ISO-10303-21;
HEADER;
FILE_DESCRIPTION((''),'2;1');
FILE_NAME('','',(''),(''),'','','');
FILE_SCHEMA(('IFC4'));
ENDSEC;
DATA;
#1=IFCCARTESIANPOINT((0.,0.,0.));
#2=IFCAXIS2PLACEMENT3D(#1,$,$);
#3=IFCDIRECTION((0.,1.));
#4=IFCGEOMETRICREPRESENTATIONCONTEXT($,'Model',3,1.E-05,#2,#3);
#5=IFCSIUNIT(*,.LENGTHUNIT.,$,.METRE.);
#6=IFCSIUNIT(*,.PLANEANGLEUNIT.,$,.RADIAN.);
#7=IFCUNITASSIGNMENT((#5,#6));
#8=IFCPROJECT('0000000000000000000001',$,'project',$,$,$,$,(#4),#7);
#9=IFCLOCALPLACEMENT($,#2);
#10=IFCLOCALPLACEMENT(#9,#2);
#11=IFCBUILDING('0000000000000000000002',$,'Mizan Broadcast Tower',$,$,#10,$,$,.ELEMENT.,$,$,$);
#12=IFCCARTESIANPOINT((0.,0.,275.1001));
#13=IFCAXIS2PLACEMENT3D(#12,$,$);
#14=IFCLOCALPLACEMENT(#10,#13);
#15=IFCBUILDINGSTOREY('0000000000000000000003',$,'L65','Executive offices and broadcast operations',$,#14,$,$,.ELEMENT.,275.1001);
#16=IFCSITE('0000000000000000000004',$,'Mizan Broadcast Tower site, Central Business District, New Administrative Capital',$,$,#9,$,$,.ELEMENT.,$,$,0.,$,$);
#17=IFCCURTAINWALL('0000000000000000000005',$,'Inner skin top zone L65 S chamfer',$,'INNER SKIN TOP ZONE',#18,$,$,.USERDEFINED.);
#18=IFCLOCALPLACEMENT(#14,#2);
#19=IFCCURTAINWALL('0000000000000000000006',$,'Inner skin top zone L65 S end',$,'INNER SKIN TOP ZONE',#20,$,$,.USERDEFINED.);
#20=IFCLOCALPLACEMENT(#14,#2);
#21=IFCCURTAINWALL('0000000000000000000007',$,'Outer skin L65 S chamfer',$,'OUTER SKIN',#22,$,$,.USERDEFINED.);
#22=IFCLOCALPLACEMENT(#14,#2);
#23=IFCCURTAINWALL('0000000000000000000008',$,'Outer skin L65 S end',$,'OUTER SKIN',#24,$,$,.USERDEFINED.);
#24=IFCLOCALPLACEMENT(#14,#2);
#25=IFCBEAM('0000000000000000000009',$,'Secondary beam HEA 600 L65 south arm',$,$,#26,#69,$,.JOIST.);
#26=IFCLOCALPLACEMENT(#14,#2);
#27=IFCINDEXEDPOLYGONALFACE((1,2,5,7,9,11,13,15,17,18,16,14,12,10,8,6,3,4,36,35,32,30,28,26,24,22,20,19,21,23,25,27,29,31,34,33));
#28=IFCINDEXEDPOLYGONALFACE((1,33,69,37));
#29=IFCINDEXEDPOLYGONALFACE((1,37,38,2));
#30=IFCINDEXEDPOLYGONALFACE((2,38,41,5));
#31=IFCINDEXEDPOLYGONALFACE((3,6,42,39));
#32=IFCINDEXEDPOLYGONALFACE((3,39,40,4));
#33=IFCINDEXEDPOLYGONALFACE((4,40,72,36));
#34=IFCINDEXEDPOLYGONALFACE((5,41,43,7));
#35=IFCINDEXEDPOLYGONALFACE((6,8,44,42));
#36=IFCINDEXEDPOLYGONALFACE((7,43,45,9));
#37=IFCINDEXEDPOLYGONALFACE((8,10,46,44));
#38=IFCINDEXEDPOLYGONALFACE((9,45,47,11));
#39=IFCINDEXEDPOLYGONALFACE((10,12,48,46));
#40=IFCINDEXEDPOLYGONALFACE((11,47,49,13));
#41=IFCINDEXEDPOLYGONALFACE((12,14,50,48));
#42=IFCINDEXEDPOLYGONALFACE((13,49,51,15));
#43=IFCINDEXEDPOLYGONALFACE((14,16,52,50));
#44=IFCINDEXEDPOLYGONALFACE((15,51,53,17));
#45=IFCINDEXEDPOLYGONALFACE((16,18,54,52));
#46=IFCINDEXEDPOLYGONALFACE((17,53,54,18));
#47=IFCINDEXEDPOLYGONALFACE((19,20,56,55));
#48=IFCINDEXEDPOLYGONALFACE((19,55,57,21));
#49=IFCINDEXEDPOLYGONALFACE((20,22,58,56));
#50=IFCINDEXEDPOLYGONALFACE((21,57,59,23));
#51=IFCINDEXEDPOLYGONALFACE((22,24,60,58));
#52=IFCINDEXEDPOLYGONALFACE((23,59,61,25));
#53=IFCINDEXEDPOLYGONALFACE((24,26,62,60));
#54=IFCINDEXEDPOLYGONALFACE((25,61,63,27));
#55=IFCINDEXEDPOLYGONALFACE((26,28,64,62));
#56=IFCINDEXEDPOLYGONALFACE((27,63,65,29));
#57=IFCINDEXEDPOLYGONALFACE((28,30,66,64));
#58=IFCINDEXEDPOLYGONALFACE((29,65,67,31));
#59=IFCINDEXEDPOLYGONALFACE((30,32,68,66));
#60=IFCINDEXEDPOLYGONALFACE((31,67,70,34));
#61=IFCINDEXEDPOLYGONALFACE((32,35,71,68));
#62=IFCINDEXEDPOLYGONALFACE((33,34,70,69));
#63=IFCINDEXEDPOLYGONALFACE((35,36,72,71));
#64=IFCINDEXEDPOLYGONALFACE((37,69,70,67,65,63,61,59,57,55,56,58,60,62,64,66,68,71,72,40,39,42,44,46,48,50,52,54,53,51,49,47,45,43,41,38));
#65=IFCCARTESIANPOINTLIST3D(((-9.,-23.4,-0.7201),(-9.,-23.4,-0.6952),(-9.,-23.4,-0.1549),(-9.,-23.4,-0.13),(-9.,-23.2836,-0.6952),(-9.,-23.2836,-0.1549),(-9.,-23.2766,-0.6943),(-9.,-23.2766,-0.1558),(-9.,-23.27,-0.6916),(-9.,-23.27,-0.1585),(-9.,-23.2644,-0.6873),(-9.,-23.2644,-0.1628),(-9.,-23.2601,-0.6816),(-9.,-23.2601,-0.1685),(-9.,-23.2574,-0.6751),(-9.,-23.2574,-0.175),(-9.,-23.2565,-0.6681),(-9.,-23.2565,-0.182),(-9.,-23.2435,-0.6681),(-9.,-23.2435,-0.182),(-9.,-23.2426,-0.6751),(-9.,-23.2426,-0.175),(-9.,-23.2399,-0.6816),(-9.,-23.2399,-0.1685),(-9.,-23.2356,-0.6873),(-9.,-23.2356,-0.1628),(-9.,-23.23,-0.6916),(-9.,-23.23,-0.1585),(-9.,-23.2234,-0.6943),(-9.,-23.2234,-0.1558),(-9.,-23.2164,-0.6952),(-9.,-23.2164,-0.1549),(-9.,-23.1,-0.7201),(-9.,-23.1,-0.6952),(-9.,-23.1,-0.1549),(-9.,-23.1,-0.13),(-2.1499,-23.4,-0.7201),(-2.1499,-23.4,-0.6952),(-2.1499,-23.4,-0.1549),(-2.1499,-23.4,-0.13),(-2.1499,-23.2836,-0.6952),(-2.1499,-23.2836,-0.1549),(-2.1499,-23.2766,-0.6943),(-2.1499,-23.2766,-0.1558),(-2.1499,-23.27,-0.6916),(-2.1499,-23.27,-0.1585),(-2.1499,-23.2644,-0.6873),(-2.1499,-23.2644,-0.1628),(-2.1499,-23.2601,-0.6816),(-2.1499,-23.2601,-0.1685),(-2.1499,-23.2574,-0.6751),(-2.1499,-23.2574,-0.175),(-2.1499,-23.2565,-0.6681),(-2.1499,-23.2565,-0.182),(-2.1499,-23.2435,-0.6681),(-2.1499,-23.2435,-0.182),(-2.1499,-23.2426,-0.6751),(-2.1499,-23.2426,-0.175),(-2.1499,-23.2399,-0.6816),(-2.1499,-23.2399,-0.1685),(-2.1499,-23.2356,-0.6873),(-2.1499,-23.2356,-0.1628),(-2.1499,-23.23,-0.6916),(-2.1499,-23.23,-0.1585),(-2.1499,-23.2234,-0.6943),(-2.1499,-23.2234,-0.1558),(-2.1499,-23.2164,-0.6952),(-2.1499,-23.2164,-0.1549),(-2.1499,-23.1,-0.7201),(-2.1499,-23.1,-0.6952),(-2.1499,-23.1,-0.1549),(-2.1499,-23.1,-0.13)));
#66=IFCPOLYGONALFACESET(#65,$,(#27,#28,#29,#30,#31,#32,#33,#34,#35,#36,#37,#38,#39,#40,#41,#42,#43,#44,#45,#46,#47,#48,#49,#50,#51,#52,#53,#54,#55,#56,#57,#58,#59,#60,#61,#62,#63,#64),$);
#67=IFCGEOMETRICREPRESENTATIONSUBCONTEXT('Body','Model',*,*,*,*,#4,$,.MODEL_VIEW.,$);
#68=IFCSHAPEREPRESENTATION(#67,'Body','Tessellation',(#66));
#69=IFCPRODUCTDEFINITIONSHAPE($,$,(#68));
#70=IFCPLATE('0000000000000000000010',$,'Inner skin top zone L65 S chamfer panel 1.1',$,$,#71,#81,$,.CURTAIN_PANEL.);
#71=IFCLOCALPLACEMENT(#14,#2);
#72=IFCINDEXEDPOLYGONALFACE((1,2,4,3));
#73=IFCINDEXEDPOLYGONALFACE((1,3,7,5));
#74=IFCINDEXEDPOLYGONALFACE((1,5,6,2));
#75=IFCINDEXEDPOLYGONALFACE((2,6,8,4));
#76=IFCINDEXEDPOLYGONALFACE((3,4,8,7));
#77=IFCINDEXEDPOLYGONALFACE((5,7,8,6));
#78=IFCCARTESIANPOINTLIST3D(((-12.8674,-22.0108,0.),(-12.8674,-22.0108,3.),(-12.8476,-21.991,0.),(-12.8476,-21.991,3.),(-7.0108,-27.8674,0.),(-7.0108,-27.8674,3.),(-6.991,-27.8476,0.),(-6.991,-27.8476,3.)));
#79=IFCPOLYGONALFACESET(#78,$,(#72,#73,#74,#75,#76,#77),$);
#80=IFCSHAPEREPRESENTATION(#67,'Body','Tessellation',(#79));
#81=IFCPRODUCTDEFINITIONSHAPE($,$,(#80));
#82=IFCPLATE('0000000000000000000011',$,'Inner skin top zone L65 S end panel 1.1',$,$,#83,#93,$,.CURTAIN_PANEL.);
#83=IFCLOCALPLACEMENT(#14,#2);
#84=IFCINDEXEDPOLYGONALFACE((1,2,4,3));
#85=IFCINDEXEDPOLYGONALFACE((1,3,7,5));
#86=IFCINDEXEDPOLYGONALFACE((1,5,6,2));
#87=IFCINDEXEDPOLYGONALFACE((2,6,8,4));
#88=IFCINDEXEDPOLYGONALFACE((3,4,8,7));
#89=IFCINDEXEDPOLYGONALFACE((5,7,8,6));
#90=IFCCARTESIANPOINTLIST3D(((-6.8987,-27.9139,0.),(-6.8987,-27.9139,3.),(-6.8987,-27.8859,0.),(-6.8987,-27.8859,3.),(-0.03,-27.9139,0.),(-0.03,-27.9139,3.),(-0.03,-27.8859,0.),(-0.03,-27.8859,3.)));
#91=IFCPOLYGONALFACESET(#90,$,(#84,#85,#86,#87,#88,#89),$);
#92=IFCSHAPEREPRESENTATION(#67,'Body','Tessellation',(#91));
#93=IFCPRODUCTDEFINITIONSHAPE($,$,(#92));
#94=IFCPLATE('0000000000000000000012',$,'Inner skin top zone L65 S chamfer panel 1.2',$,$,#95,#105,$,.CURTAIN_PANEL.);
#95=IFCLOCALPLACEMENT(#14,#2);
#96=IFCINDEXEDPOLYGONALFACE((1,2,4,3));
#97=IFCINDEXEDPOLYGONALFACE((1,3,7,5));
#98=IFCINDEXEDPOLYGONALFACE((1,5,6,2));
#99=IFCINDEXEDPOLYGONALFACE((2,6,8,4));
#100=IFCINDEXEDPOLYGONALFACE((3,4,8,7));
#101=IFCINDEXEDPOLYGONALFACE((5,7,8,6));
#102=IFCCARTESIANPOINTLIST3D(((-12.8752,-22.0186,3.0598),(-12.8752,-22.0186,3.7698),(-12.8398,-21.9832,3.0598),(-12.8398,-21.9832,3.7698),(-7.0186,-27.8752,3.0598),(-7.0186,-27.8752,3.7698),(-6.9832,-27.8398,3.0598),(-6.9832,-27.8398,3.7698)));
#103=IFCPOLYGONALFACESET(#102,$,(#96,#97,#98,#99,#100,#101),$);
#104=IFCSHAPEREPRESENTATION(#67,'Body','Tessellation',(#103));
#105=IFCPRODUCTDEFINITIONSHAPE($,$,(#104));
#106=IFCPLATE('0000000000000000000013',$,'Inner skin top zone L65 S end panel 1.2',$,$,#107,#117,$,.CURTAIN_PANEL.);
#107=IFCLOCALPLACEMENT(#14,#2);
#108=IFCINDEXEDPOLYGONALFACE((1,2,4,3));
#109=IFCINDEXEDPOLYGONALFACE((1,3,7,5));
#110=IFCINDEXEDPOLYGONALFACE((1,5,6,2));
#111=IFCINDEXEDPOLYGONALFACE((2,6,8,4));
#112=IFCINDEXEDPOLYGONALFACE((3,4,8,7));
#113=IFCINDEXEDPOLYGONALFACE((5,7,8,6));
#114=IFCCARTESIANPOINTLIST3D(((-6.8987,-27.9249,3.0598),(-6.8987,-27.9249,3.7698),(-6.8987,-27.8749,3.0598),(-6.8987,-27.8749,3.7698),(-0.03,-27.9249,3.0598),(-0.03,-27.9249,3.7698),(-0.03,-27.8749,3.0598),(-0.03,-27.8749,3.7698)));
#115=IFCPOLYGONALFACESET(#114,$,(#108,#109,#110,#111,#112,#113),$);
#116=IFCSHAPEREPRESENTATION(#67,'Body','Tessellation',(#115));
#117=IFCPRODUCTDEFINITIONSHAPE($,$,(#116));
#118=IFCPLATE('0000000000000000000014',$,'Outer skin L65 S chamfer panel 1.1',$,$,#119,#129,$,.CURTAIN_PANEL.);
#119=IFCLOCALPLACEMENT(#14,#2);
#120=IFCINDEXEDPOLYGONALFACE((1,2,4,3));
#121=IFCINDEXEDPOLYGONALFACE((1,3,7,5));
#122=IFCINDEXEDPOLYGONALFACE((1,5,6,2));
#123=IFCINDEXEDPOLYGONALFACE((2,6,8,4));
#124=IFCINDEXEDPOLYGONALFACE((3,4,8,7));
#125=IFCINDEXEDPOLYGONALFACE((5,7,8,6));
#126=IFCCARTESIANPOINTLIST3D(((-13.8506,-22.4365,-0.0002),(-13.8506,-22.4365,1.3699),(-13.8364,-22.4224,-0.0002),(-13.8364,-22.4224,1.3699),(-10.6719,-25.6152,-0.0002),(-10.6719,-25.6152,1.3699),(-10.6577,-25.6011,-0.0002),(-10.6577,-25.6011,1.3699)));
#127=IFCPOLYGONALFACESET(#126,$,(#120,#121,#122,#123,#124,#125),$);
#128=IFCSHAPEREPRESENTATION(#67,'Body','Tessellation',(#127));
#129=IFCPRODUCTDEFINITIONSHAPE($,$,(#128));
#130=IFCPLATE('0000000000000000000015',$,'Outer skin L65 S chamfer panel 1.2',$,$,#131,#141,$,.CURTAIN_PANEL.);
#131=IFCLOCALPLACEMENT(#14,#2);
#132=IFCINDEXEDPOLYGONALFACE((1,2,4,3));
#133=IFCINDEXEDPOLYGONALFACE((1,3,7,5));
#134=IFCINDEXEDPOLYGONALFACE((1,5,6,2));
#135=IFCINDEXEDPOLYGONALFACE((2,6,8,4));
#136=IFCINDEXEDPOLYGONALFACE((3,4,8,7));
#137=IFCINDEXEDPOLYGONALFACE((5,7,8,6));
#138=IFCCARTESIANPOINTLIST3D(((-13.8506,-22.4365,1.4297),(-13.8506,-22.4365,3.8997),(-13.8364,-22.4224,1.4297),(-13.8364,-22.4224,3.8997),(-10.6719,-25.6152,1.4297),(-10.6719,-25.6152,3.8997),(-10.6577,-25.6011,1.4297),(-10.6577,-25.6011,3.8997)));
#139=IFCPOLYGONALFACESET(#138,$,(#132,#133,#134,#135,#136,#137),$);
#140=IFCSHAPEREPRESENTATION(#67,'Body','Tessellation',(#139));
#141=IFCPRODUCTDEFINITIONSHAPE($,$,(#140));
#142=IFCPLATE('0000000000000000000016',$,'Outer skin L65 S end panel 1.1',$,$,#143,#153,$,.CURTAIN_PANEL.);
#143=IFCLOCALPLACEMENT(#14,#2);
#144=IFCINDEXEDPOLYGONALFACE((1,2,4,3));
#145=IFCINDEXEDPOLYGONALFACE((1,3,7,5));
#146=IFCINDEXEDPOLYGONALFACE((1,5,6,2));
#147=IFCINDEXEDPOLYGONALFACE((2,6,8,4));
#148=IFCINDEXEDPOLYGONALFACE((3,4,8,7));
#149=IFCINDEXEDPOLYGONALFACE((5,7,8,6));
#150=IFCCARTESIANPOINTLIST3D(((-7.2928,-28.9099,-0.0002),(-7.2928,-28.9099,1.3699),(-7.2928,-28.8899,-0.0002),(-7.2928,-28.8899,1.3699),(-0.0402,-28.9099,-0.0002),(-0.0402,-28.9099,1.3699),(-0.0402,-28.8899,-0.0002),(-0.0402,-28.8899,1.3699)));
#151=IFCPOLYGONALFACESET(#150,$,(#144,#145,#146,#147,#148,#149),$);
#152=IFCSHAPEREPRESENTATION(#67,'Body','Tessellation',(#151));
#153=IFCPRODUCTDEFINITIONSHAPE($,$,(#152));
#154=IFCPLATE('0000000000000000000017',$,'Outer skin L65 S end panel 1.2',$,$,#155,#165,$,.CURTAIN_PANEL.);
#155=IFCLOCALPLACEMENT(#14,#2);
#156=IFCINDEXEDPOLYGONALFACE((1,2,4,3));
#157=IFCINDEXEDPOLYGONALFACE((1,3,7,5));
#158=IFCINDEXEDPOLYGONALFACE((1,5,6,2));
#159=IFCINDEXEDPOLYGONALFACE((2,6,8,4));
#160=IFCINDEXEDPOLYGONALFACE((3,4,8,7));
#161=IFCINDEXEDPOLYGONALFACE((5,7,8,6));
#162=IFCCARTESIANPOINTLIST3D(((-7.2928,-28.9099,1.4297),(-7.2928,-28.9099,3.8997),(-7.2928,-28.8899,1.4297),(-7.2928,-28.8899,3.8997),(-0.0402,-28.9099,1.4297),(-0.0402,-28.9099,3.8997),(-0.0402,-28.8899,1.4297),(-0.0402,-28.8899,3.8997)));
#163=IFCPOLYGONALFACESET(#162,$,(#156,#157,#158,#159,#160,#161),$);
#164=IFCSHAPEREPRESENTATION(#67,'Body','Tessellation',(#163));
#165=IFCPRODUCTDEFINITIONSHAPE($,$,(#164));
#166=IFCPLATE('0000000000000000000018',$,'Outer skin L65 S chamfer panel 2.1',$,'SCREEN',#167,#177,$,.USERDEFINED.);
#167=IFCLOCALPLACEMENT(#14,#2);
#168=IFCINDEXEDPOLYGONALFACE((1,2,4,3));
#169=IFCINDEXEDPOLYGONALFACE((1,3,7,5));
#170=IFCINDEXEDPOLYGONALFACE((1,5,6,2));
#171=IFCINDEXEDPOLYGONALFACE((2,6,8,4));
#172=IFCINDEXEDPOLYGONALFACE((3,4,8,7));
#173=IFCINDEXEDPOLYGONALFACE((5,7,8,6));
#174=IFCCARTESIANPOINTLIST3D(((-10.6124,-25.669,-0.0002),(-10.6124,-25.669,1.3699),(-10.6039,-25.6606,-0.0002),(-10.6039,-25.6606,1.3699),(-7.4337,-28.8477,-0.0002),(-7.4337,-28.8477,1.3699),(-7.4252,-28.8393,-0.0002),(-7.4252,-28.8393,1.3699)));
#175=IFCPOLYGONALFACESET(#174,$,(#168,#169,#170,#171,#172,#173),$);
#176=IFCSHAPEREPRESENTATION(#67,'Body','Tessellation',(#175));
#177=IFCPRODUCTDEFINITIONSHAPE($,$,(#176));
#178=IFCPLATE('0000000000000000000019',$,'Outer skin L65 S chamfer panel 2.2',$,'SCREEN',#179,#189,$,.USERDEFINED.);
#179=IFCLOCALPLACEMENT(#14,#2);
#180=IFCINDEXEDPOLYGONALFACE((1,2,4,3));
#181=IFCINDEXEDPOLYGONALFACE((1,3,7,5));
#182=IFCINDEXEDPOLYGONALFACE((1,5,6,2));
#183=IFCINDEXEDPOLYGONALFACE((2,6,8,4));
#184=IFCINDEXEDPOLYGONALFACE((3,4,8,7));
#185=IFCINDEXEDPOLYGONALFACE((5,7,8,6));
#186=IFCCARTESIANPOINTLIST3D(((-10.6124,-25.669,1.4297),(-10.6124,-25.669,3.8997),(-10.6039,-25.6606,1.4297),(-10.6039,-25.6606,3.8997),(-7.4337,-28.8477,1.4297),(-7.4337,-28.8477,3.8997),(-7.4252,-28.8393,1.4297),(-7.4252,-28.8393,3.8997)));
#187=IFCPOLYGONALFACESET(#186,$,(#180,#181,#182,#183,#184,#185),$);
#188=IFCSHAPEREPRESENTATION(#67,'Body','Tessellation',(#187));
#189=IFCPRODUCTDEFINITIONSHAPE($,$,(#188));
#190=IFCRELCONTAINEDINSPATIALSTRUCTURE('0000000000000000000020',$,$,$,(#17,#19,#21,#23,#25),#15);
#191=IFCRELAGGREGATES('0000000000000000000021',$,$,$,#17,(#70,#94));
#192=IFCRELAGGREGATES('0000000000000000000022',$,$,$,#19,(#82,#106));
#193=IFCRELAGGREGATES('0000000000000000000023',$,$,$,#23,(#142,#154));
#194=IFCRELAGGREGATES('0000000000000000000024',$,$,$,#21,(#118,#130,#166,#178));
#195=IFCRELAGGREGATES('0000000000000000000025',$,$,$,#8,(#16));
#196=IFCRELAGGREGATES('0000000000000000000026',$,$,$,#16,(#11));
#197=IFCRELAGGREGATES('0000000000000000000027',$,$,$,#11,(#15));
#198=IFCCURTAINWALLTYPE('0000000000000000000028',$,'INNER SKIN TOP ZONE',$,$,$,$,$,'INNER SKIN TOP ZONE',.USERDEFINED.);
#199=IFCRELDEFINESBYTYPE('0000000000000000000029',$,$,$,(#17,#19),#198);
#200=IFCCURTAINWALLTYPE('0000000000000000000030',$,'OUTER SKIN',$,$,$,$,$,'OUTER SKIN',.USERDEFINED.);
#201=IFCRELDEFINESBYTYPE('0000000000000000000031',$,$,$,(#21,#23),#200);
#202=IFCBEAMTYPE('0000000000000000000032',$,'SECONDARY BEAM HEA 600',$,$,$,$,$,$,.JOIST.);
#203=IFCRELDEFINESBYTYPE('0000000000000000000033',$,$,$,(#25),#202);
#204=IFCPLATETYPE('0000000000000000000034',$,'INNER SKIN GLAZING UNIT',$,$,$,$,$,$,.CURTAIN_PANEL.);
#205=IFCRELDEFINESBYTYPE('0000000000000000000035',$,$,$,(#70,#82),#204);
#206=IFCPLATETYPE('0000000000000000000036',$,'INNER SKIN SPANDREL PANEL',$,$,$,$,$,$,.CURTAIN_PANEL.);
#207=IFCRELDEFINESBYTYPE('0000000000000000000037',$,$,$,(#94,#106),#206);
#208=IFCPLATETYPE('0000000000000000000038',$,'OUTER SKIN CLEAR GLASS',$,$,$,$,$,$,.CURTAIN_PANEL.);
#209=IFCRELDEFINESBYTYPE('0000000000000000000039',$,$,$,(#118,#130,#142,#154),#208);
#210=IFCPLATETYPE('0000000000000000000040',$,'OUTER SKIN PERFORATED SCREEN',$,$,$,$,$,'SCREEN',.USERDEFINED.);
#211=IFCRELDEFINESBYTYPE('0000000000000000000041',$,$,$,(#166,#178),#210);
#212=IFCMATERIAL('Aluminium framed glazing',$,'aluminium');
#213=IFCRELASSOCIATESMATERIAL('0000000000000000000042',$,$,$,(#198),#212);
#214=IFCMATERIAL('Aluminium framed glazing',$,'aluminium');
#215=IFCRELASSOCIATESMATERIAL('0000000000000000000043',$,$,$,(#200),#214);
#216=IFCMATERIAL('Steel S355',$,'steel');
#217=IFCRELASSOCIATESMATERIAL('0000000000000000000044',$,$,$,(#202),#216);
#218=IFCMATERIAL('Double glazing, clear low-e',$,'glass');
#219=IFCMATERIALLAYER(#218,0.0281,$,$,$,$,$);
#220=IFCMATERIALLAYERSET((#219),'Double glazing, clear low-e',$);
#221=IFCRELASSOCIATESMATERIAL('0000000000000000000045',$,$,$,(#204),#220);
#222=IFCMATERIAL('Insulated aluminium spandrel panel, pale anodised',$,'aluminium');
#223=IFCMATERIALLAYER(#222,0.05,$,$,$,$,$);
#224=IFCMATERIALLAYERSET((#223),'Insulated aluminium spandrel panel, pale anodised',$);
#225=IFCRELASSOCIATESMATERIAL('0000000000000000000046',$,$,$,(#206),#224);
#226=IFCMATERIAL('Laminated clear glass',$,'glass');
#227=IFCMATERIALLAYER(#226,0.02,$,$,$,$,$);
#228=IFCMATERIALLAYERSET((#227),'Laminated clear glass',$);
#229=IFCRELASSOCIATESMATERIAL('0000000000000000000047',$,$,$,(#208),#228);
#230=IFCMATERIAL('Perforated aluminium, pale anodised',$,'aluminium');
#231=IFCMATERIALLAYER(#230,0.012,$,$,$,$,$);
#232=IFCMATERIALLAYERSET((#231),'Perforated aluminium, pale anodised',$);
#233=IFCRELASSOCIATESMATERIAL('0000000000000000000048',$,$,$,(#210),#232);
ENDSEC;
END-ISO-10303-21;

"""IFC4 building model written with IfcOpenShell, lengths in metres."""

from ifc_helpers import new_model, si_unit, direction, frame, origin, origin_2d, place, context, subcontext, project, spatial, rectangle, i_section, extrude, material, layer, layer_set, material_profile, profile_set, type_object, element, aggregate, save


model = new_model("IFC4")

# Units and contexts
model_context = context("Model", 3, precision=1e-05, world=origin(), true_north=direction((0.0, 1.0)))
body_context = subcontext(model_context, "Body", "Model", "MODEL_VIEW")
ifc_project = project(units=[si_unit("LENGTHUNIT", "METRE"), si_unit("PLANEANGLEUNIT", "RADIAN")], contexts=[model_context])

# Site, building, storey
site_placement = place(None, origin())
site = spatial("IfcSite", under=ifc_project, at=site_placement, Name="Mizan Broadcast Tower site, Central Business District, New Administrative Capital", CompositionType="ELEMENT", RefElevation=0.0)
building_placement = place(site_placement, origin())
building = spatial("IfcBuilding", under=site, at=building_placement, Name="Mizan Broadcast Tower", CompositionType="ELEMENT")
storey_placement = place(building_placement, frame((0.0, 0.0, 275.1001)))
storey = spatial("IfcBuildingStorey", under=building, at=storey_placement, Name="L65", Description="Executive offices and broadcast operations", CompositionType="ELEMENT", Elevation=275.1001)

# Curtain wall
ifc_material_1 = material(Name="Aluminium framed glazing", Category="aluminium")
curtain_wall_type_1 = type_object("IfcCurtainWallType", Name="INNER SKIN TOP ZONE", ElementType="INNER SKIN TOP ZONE", PredefinedType="USERDEFINED", material=ifc_material_1)
curtain_wall_1_placement = place(storey_placement, origin())
curtain_wall_1 = element("IfcCurtainWall", 1, at=curtain_wall_1_placement, inside=storey, type_object=curtain_wall_type_1, Name="Inner skin top zone L65 S chamfer", ObjectType="INNER SKIN TOP ZONE", PredefinedType="USERDEFINED")

# Curtain walls
curtain_wall_2_placement = place(storey_placement, origin())
curtain_wall_2 = element("IfcCurtainWall", 2, at=curtain_wall_2_placement, inside=storey, type_object=curtain_wall_type_1, Name="Inner skin top zone L65 S end", ObjectType="INNER SKIN TOP ZONE", PredefinedType="USERDEFINED")
ifc_material_2 = material(Name="Aluminium framed glazing", Category="aluminium")
curtain_wall_type_2 = type_object("IfcCurtainWallType", Name="OUTER SKIN", ElementType="OUTER SKIN", PredefinedType="USERDEFINED", material=ifc_material_2)
curtain_wall_3_placement = place(storey_placement, origin())
curtain_wall_3 = element("IfcCurtainWall", 3, at=curtain_wall_3_placement, inside=storey, type_object=curtain_wall_type_2, Name="Outer skin L65 S chamfer", ObjectType="OUTER SKIN", PredefinedType="USERDEFINED")

# Curtain wall
curtain_wall_4_placement = place(storey_placement, origin())
curtain_wall_4 = element("IfcCurtainWall", 4, at=curtain_wall_4_placement, inside=storey, type_object=curtain_wall_type_2, Name="Outer skin L65 S end", ObjectType="OUTER SKIN", PredefinedType="USERDEFINED")

# Beam
ifc_material_3 = material(Name="Steel S355", Category="steel")
ifc_material_profile_1 = material_profile(ifc_material_3, i_section(OverallWidth=0.3, OverallDepth=0.5901, WebThickness=0.0129, FlangeThickness=0.0249, FilletRadius=0.0271, at=origin_2d()), Name="HEA 600")
ifc_profile_set_1 = profile_set([ifc_material_profile_1], Name="Steel S355")
beam_type_1 = type_object("IfcBeamType", Name="SECONDARY BEAM HEA 600", PredefinedType="JOIST", material=ifc_profile_set_1)
beam_1_placement = place(storey_placement, frame((-9.0, -23.25, -0.425), z_axis=(1.0, 0.0, 0.0), x_axis=(0.0, 1.0, 0.0)))
element("IfcBeam", 5, at=beam_1_placement, inside=storey, type_object=beam_type_1, Name="Secondary beam HEA 600 L65 south arm", PredefinedType="JOIST", context=body_context, shape_type="SweptSolid", body=[
    extrude(i_section(OverallWidth=0.3, OverallDepth=0.5901, WebThickness=0.0129, FlangeThickness=0.0249, FilletRadius=0.0271, at=origin_2d()), origin(), (0.0, 0.0, 1.0), 6.8501),
])

# Plates
ifc_material_4 = material(Name="Double glazing, clear low-e", Category="glass")
ifc_layer_1 = layer(ifc_material_4, 0.0281)
ifc_layer_set_1 = layer_set([ifc_layer_1], Name="Double glazing, clear low-e")
plate_type_1 = type_object("IfcPlateType", Name="INNER SKIN GLAZING UNIT", PredefinedType="CURTAIN_PANEL", material=ifc_layer_set_1)
plate_1_placement = place(storey_placement, frame((-9.9292, -24.9292, 0.0), z_axis=(0.0, 0.0, 1.0), x_axis=(0.707107, -0.707107, 0.0)))
plate_1 = element("IfcPlate", 6, at=plate_1_placement, type_object=plate_type_1, Name="Inner skin top zone L65 S chamfer panel 1.1", PredefinedType="CURTAIN_PANEL", context=body_context, shape_type="SweptSolid", body=[
    extrude(rectangle(XDim=8.2825, YDim=0.0281, at=origin_2d()), origin(), (0.0, 0.0, 1.0), 3.0),
])
plate_2_placement = place(storey_placement, frame((-3.4644, -27.8999, 0.0), z_axis=(0.0, 0.0, 1.0), x_axis=(1.0, 0.0, 0.0)))
plate_2 = element("IfcPlate", 7, at=plate_2_placement, type_object=plate_type_1, Name="Inner skin top zone L65 S end panel 1.1", PredefinedType="CURTAIN_PANEL", context=body_context, shape_type="SweptSolid", body=[
    extrude(rectangle(XDim=6.8687, YDim=0.0281, at=origin_2d()), origin(), (0.0, 0.0, 1.0), 3.0),
])
ifc_material_5 = material(Name="Insulated aluminium spandrel panel, pale anodised", Category="aluminium")
ifc_layer_2 = layer(ifc_material_5, 0.05)
ifc_layer_set_2 = layer_set([ifc_layer_2], Name="Insulated aluminium spandrel panel, pale anodised")
plate_type_2 = type_object("IfcPlateType", Name="INNER SKIN SPANDREL PANEL", PredefinedType="CURTAIN_PANEL", material=ifc_layer_set_2)
plate_3_placement = place(storey_placement, frame((-9.9292, -24.9292, 3.0598), z_axis=(0.0, 0.0, 1.0), x_axis=(0.707107, -0.707107, 0.0)))
plate_3 = element("IfcPlate", 8, at=plate_3_placement, type_object=plate_type_2, Name="Inner skin top zone L65 S chamfer panel 1.2", PredefinedType="CURTAIN_PANEL", context=body_context, shape_type="SweptSolid", body=[
    extrude(rectangle(XDim=8.2825, YDim=0.05, at=origin_2d()), origin(), (0.0, 0.0, 1.0), 0.71),
])
aggregate(curtain_wall_1, [plate_1, plate_3])
plate_4_placement = place(storey_placement, frame((-3.4644, -27.8999, 3.0598), z_axis=(0.0, 0.0, 1.0), x_axis=(1.0, 0.0, 0.0)))
plate_4 = element("IfcPlate", 9, at=plate_4_placement, type_object=plate_type_2, Name="Inner skin top zone L65 S end panel 1.2", PredefinedType="CURTAIN_PANEL", context=body_context, shape_type="SweptSolid", body=[
    extrude(rectangle(XDim=6.8687, YDim=0.05, at=origin_2d()), origin(), (0.0, 0.0, 1.0), 0.71),
])
aggregate(curtain_wall_2, [plate_2, plate_4])
ifc_material_6 = material(Name="Laminated clear glass", Category="glass")
ifc_layer_3 = layer(ifc_material_6, 0.02)
ifc_layer_set_3 = layer_set([ifc_layer_3], Name="Laminated clear glass")
plate_type_3 = type_object("IfcPlateType", Name="OUTER SKIN CLEAR GLASS", PredefinedType="CURTAIN_PANEL", material=ifc_layer_set_3)
plate_5_placement = place(storey_placement, frame((-12.2542, -24.0188, -0.0002), z_axis=(0.0, 0.0, 1.0), x_axis=(0.707107, -0.707107, 0.0)))
plate_5 = element("IfcPlate", 10, at=plate_5_placement, type_object=plate_type_3, Name="Outer skin L65 S chamfer panel 1.1", PredefinedType="CURTAIN_PANEL", context=body_context, shape_type="SweptSolid", body=[
    extrude(rectangle(XDim=4.4954, YDim=0.02, at=origin_2d()), origin(), (0.0, 0.0, 1.0), 1.3701),
])
plate_6_placement = place(storey_placement, frame((-12.2542, -24.0188, 1.4297), z_axis=(0.0, 0.0, 1.0), x_axis=(0.707107, -0.707107, 0.0)))
plate_6 = element("IfcPlate", 11, at=plate_6_placement, type_object=plate_type_3, Name="Outer skin L65 S chamfer panel 1.2", PredefinedType="CURTAIN_PANEL", context=body_context, shape_type="SweptSolid", body=[
    extrude(rectangle(XDim=4.4954, YDim=0.02, at=origin_2d()), origin(), (0.0, 0.0, 1.0), 2.47),
])
plate_7_placement = place(storey_placement, frame((-3.6665, -28.8999, -0.0002), z_axis=(0.0, 0.0, 1.0), x_axis=(1.0, 0.0, 0.0)))
plate_7 = element("IfcPlate", 12, at=plate_7_placement, type_object=plate_type_3, Name="Outer skin L65 S end panel 1.1", PredefinedType="CURTAIN_PANEL", context=body_context, shape_type="SweptSolid", body=[
    extrude(rectangle(XDim=7.2527, YDim=0.02, at=origin_2d()), origin(), (0.0, 0.0, 1.0), 1.3701),
])
plate_8_placement = place(storey_placement, frame((-3.6665, -28.8999, 1.4297), z_axis=(0.0, 0.0, 1.0), x_axis=(1.0, 0.0, 0.0)))
plate_8 = element("IfcPlate", 13, at=plate_8_placement, type_object=plate_type_3, Name="Outer skin L65 S end panel 1.2", PredefinedType="CURTAIN_PANEL", context=body_context, shape_type="SweptSolid", body=[
    extrude(rectangle(XDim=7.2527, YDim=0.02, at=origin_2d()), origin(), (0.0, 0.0, 1.0), 2.47),
])
aggregate(curtain_wall_4, [plate_7, plate_8])
ifc_material_7 = material(Name="Perforated aluminium, pale anodised", Category="aluminium")
ifc_layer_4 = layer(ifc_material_7, 0.012)
ifc_layer_set_4 = layer_set([ifc_layer_4], Name="Perforated aluminium, pale anodised")
plate_type_4 = type_object("IfcPlateType", Name="OUTER SKIN PERFORATED SCREEN", ElementType="SCREEN", PredefinedType="USERDEFINED", material=ifc_layer_set_4)
plate_9_placement = place(storey_placement, frame((-9.0188, -27.2542, -0.0002), z_axis=(0.0, 0.0, 1.0), x_axis=(0.707107, -0.707107, 0.0)))
plate_9 = element("IfcPlate", 14, at=plate_9_placement, type_object=plate_type_4, Name="Outer skin L65 S chamfer panel 2.1", ObjectType="SCREEN", PredefinedType="USERDEFINED", context=body_context, shape_type="SweptSolid", body=[
    extrude(rectangle(XDim=4.4954, YDim=0.012, at=origin_2d()), origin(), (0.0, 0.0, 1.0), 1.3701),
])
plate_10_placement = place(storey_placement, frame((-9.0188, -27.2542, 1.4297), z_axis=(0.0, 0.0, 1.0), x_axis=(0.707107, -0.707107, 0.0)))
plate_10 = element("IfcPlate", 15, at=plate_10_placement, type_object=plate_type_4, Name="Outer skin L65 S chamfer panel 2.2", ObjectType="SCREEN", PredefinedType="USERDEFINED", context=body_context, shape_type="SweptSolid", body=[
    extrude(rectangle(XDim=4.4954, YDim=0.012, at=origin_2d()), origin(), (0.0, 0.0, 1.0), 2.47),
])
aggregate(curtain_wall_3, [plate_5, plate_6, plate_9, plate_10])

save(model, "model.ifc")
